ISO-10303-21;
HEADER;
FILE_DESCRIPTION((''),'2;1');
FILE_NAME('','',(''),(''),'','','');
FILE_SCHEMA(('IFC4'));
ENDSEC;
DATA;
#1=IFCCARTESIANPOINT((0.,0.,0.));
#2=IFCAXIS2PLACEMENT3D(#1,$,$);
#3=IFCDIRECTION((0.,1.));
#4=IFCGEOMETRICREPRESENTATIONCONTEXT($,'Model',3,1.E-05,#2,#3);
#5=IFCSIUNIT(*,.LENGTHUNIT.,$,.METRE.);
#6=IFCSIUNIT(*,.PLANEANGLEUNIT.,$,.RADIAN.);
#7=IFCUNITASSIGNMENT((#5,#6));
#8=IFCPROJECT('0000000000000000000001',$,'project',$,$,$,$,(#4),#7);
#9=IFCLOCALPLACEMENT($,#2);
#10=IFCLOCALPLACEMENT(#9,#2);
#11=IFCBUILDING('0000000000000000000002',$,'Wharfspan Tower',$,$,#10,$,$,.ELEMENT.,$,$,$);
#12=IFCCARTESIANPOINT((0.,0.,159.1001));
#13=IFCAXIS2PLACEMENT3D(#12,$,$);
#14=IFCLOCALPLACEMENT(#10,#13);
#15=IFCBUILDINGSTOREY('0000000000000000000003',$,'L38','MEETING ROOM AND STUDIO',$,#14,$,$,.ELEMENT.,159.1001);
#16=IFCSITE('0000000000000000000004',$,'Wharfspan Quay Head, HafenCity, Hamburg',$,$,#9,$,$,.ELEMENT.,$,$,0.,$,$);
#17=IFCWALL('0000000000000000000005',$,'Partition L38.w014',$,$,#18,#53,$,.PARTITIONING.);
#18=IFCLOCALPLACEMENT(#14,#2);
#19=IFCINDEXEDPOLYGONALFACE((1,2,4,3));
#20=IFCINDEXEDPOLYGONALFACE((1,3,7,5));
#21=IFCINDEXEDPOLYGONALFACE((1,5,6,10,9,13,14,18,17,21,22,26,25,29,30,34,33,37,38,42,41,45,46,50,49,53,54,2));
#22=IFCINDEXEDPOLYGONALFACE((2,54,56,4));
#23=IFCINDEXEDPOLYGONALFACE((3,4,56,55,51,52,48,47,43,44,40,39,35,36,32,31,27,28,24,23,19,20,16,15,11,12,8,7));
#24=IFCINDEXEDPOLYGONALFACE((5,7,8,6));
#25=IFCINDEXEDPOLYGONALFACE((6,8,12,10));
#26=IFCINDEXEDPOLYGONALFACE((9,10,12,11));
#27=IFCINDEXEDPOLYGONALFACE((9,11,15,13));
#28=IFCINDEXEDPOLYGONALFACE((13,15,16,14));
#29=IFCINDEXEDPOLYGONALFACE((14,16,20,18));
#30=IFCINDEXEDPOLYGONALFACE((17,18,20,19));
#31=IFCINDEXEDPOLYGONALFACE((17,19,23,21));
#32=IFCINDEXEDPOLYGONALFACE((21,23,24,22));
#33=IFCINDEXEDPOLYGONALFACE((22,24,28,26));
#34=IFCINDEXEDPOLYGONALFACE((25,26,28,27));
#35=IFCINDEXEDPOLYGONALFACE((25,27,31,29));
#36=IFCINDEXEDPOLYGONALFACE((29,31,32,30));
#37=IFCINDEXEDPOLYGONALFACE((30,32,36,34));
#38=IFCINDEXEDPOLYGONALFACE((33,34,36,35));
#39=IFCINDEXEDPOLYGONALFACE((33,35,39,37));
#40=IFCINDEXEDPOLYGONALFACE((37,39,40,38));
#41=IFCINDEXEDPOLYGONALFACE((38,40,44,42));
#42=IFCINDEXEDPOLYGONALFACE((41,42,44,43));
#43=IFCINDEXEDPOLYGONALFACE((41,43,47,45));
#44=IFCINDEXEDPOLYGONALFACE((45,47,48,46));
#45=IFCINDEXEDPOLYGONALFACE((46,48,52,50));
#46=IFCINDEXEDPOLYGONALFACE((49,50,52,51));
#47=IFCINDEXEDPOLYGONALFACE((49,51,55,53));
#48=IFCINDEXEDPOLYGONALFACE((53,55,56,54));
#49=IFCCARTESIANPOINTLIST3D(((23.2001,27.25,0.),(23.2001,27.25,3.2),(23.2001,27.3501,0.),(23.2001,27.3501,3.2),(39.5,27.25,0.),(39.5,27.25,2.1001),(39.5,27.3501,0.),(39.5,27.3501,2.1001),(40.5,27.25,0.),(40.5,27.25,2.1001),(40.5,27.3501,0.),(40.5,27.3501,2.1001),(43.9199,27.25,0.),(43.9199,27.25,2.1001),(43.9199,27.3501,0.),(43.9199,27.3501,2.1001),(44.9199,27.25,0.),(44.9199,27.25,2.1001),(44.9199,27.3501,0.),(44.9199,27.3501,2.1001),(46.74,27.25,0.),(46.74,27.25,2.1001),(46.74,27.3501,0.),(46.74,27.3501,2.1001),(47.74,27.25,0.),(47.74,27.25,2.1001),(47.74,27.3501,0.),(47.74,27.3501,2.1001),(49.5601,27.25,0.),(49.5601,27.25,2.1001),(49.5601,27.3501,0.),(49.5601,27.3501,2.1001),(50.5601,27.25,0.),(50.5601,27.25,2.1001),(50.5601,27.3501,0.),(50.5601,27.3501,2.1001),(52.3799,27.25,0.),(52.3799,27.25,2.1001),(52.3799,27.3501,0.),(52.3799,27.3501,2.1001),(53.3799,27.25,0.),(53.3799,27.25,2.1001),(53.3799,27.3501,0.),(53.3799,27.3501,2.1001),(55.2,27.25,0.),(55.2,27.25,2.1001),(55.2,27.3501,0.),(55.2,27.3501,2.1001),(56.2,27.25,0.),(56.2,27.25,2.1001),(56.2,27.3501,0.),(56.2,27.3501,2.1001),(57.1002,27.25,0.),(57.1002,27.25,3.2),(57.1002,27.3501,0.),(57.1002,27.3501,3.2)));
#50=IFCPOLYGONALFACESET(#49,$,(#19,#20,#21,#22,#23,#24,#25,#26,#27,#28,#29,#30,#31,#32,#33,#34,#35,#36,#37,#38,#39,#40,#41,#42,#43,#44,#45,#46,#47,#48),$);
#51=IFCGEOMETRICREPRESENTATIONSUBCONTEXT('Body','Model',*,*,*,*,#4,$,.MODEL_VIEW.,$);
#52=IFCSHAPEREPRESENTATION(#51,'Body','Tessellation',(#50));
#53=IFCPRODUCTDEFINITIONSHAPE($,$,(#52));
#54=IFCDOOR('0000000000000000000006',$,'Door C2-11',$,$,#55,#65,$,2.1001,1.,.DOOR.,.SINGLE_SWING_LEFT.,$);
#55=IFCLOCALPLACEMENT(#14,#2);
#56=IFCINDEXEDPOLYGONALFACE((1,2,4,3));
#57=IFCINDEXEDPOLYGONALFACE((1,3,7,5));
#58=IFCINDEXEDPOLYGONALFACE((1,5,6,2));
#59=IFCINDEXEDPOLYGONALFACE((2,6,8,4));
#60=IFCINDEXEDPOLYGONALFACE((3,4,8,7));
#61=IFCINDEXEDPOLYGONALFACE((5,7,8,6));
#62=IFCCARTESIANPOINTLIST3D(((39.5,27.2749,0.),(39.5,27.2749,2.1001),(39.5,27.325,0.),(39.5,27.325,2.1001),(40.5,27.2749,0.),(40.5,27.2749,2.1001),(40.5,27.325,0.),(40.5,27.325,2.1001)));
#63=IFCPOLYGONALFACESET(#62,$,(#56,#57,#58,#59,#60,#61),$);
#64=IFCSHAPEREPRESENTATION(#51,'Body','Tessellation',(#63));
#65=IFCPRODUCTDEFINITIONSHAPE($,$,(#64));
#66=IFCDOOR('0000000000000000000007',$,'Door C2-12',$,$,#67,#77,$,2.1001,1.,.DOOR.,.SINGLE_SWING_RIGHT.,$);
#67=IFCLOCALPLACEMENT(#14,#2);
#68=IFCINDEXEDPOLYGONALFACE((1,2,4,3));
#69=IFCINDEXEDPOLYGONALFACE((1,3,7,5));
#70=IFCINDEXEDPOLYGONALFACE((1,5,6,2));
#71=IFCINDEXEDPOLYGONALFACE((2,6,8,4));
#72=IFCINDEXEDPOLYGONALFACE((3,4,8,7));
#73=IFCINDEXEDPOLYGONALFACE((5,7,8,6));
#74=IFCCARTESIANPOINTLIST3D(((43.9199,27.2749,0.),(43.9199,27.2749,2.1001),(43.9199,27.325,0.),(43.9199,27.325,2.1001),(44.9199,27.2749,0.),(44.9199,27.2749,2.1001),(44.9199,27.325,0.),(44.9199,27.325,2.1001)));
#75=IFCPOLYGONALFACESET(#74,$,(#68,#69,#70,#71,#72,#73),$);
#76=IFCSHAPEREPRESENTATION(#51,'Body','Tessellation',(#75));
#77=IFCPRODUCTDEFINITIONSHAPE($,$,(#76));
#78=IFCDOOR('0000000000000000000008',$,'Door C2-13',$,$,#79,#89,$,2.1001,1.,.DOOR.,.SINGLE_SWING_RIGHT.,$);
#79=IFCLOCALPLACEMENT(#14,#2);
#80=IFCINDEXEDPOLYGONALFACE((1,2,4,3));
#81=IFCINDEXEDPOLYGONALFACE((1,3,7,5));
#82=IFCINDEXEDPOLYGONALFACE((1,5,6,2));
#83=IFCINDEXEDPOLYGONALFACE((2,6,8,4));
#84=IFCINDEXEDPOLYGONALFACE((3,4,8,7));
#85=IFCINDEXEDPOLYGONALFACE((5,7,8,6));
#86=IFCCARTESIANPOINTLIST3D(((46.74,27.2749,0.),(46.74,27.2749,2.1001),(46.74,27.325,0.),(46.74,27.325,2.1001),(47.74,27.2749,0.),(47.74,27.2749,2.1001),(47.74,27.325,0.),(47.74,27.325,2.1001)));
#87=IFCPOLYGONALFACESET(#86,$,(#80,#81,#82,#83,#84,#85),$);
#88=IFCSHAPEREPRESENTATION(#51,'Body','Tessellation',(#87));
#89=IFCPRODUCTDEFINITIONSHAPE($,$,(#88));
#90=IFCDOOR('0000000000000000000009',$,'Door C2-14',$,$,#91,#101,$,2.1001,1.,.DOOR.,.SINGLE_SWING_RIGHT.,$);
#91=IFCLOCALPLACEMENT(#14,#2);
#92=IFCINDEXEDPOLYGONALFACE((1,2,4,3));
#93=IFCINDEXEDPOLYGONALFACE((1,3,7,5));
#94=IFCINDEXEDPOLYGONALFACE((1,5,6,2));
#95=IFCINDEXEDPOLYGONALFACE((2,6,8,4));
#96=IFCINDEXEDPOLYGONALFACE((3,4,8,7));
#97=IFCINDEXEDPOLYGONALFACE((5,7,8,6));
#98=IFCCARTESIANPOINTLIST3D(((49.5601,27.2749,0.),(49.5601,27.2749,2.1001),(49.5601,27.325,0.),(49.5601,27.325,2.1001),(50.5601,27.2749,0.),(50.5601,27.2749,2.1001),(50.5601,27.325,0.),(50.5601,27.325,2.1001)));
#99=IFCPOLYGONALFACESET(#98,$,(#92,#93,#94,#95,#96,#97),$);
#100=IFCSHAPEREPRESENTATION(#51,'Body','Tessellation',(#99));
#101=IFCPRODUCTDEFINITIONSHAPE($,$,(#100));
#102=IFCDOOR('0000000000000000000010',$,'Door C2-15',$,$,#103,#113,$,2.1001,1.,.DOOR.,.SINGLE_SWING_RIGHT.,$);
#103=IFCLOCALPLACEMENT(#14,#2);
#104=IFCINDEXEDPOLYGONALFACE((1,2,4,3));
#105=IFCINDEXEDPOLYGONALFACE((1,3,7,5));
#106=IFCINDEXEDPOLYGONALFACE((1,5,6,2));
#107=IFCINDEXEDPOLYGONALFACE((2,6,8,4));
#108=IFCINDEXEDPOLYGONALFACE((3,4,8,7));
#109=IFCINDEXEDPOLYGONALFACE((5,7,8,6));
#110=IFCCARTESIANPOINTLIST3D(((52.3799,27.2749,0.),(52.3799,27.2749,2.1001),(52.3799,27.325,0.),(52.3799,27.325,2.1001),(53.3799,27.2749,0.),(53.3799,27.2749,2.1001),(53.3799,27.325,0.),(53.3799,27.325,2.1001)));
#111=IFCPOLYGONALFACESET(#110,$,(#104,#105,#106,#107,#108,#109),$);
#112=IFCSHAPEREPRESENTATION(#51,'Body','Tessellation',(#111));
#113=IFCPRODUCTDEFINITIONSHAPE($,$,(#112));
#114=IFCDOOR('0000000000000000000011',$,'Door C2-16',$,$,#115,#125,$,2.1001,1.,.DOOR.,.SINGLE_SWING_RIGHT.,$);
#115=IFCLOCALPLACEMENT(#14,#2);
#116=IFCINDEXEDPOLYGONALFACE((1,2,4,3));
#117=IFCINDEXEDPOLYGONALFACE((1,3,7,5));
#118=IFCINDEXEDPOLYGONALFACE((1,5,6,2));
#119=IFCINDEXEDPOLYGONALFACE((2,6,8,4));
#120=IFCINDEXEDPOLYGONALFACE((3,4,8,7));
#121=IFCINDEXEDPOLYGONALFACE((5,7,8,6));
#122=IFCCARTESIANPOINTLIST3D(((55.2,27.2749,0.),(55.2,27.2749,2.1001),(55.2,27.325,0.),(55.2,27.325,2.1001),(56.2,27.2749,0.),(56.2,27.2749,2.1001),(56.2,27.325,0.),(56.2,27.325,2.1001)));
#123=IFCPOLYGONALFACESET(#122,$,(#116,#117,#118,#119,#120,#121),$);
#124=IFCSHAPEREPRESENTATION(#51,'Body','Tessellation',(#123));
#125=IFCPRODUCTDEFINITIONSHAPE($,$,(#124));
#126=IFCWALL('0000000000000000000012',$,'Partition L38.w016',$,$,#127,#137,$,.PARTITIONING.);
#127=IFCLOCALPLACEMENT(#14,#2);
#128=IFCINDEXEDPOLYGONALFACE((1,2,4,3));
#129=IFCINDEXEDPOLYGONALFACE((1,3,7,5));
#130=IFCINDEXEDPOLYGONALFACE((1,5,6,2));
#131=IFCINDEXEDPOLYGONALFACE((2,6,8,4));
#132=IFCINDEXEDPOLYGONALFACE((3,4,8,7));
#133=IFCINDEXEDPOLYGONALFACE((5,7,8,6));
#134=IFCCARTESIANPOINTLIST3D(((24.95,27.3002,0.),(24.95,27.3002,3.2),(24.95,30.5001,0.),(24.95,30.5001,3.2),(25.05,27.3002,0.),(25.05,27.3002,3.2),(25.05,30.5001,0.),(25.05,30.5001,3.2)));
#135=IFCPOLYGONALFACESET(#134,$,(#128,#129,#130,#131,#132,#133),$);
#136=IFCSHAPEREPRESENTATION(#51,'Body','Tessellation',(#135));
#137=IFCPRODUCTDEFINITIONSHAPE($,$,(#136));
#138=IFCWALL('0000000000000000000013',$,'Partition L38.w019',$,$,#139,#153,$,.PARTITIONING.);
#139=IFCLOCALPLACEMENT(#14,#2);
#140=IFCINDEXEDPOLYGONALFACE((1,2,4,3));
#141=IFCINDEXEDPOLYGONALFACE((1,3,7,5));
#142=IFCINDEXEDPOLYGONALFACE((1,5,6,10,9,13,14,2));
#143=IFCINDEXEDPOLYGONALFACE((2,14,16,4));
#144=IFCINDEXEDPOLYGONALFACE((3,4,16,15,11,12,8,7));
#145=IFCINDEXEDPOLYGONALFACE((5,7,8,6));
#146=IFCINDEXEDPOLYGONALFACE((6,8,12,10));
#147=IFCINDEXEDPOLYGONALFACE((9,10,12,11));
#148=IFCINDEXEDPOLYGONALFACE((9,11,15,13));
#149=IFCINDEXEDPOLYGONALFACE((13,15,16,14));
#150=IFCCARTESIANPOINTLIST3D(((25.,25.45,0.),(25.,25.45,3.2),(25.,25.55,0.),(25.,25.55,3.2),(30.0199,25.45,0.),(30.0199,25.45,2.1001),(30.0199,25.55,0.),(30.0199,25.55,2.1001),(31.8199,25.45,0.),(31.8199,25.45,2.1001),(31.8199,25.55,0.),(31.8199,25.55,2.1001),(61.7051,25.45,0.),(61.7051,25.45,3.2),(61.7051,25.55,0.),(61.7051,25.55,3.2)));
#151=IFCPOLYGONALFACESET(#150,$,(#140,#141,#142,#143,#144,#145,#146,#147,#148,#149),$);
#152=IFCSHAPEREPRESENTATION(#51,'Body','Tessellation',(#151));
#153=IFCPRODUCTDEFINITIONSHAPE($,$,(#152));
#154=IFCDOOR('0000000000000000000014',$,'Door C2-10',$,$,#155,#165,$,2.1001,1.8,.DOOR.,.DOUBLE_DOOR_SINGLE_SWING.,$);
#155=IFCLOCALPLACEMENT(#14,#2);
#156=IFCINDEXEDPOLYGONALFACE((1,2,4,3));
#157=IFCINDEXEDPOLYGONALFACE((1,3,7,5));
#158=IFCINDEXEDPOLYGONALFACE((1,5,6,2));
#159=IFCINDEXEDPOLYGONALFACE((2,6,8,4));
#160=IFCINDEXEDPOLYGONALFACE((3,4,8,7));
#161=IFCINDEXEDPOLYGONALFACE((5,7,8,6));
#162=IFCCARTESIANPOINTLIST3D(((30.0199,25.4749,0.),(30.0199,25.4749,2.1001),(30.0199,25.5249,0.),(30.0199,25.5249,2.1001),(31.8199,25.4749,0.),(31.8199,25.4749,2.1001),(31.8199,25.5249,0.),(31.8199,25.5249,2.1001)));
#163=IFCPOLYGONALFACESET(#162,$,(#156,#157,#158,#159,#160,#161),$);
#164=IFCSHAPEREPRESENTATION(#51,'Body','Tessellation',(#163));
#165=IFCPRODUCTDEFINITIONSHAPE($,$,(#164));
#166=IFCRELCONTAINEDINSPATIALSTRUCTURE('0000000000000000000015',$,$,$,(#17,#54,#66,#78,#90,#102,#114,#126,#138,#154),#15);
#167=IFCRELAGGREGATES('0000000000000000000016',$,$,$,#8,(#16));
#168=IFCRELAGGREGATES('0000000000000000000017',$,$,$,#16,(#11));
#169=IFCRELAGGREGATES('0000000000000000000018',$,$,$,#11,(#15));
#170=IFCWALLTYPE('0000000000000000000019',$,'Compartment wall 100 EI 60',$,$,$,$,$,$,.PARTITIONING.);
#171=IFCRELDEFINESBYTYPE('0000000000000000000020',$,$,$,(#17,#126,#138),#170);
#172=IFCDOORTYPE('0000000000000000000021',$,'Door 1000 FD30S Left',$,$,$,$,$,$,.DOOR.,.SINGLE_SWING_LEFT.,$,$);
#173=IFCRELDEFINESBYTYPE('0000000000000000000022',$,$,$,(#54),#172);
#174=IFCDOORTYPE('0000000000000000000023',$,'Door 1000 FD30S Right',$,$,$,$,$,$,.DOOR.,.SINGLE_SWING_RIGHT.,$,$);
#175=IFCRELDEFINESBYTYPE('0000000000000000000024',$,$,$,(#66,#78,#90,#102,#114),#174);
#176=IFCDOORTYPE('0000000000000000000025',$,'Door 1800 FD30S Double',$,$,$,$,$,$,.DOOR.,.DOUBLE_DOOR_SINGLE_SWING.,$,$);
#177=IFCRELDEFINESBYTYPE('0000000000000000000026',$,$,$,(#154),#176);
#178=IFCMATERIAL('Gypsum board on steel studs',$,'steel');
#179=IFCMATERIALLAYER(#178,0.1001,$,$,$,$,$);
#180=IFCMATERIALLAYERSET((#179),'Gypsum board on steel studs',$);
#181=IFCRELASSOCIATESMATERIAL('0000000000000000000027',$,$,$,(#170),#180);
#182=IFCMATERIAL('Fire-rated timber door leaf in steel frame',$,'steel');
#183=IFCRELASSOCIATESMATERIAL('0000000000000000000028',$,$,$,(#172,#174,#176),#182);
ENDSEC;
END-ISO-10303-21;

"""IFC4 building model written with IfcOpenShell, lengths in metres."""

from ifc_helpers import new_model, si_unit, direction, frame, frame_2d, origin, place, context, subcontext, project, spatial, rectangle, extrude, material, layer, layer_set, type_object, element, fill, save


model = new_model("IFC4")

# Units and contexts
model_context = context("Model", 3, precision=1e-05, world=origin(), true_north=direction((0.0, 1.0)))
body_context = subcontext(model_context, "Body", "Model", "MODEL_VIEW")
ifc_project = project(units=[si_unit("LENGTHUNIT", "METRE"), si_unit("PLANEANGLEUNIT", "RADIAN")], contexts=[model_context])

# Site, building, storey
site_placement = place(None, origin())
site = spatial("IfcSite", under=ifc_project, at=site_placement, Name="Wharfspan Quay Head, HafenCity, Hamburg", CompositionType="ELEMENT", RefElevation=0.0)
building_placement = place(site_placement, origin())
building = spatial("IfcBuilding", under=site, at=building_placement, Name="Wharfspan Tower", CompositionType="ELEMENT")
storey_placement = place(building_placement, frame((0.0, 0.0, 159.1001)))
storey = spatial("IfcBuildingStorey", under=building, at=storey_placement, Name="L38", Description="MEETING ROOM AND STUDIO", CompositionType="ELEMENT", Elevation=159.1001)

# Shared definitions
ifc_material_1 = material(Name="Gypsum board on steel studs", Category="steel")
ifc_layer = layer(ifc_material_1, 0.1001)
ifc_layer_set = layer_set([ifc_layer], Name="Gypsum board on steel studs")
wall_type = type_object("IfcWallType", Name="Compartment wall 100 EI 60", PredefinedType="PARTITIONING", material=ifc_layer_set)

# Wall, openings, doors
wall_1_placement = place(storey_placement, frame((23.2, 27.3, 0.0), z_axis=(0.0, 0.0, 1.0), x_axis=(1.0, 0.0, 0.0)))
wall_1 = element("IfcWall", 1, at=wall_1_placement, inside=storey, type_object=wall_type, Name="Partition L38.w014", PredefinedType="PARTITIONING", context=body_context, shape_type="SweptSolid", body=[
    extrude(rectangle(XDim=33.9001, YDim=0.1001, at=frame_2d((16.9502, 0.0))), origin(), (0.0, 0.0, 1.0), 3.2),
])
opening_1_placement = place(wall_1_placement, frame((16.3, 0.0, 0.0)))
opening_1 = element("IfcOpeningElement", 2, at=opening_1_placement, cuts=wall_1, PredefinedType="OPENING", context=body_context, shape_type="SweptSolid", body=[
    extrude(rectangle(XDim=1.0, YDim=2.1001, at=frame_2d((0.5, 1.05))), frame((0.0, 0.0601, 0.0), z_axis=(0.0, -1.0, 0.0), x_axis=(1.0, 0.0, 0.0)), (0.0, 0.0, 1.0), 0.1201),
])
opening_2_placement = place(wall_1_placement, frame((20.72, 0.0, 0.0)))
opening_2 = element("IfcOpeningElement", 3, at=opening_2_placement, cuts=wall_1, PredefinedType="OPENING", context=body_context, shape_type="SweptSolid", body=[
    extrude(rectangle(XDim=1.0, YDim=2.1001, at=frame_2d((0.5, 1.05))), frame((0.0, 0.0601, 0.0), z_axis=(0.0, -1.0, 0.0), x_axis=(1.0, 0.0, 0.0)), (0.0, 0.0, 1.0), 0.1201),
])
opening_3_placement = place(wall_1_placement, frame((23.54, 0.0, 0.0)))
opening_3 = element("IfcOpeningElement", 4, at=opening_3_placement, cuts=wall_1, PredefinedType="OPENING", context=body_context, shape_type="SweptSolid", body=[
    extrude(rectangle(XDim=1.0, YDim=2.1001, at=frame_2d((0.5, 1.05))), frame((0.0, 0.0601, 0.0), z_axis=(0.0, -1.0, 0.0), x_axis=(1.0, 0.0, 0.0)), (0.0, 0.0, 1.0), 0.1201),
])
opening_4_placement = place(wall_1_placement, frame((26.3601, 0.0, 0.0)))
opening_4 = element("IfcOpeningElement", 5, at=opening_4_placement, cuts=wall_1, PredefinedType="OPENING", context=body_context, shape_type="SweptSolid", body=[
    extrude(rectangle(XDim=1.0, YDim=2.1001, at=frame_2d((0.5, 1.05))), frame((0.0, 0.0601, 0.0), z_axis=(0.0, -1.0, 0.0), x_axis=(1.0, 0.0, 0.0)), (0.0, 0.0, 1.0), 0.1201),
])
opening_5_placement = place(wall_1_placement, frame((29.1799, 0.0, 0.0)))
opening_5 = element("IfcOpeningElement", 6, at=opening_5_placement, cuts=wall_1, PredefinedType="OPENING", context=body_context, shape_type="SweptSolid", body=[
    extrude(rectangle(XDim=1.0, YDim=2.1001, at=frame_2d((0.5, 1.05))), frame((0.0, 0.0601, 0.0), z_axis=(0.0, -1.0, 0.0), x_axis=(1.0, 0.0, 0.0)), (0.0, 0.0, 1.0), 0.1201),
])
opening_6_placement = place(wall_1_placement, frame((32.0, 0.0, 0.0)))
opening_6 = element("IfcOpeningElement", 7, at=opening_6_placement, cuts=wall_1, PredefinedType="OPENING", context=body_context, shape_type="SweptSolid", body=[
    extrude(rectangle(XDim=1.0, YDim=2.1001, at=frame_2d((0.5, 1.05))), frame((0.0, 0.0601, 0.0), z_axis=(0.0, -1.0, 0.0), x_axis=(1.0, 0.0, 0.0)), (0.0, 0.0, 1.0), 0.1201),
])
ifc_material_2 = material(Name="Fire-rated timber door leaf in steel frame", Category="steel")
door_type_1 = type_object("IfcDoorType", Name="Door 1000 FD30S Left", OperationType="SINGLE_SWING_LEFT", PredefinedType="DOOR", material=ifc_material_2)
door_1_placement = place(opening_1_placement, origin())
door_1 = element("IfcDoor", 8, at=door_1_placement, inside=storey, type_object=door_type_1, Name="Door C2-11", OperationType="SINGLE_SWING_LEFT", OverallHeight=2.1001, OverallWidth=1.0, PredefinedType="DOOR", context=body_context, shape_type="SweptSolid", body=[
    extrude(rectangle(XDim=1.0, YDim=2.1001, at=frame_2d((0.5, 1.05))), frame((0.0, 0.0249, 0.0), z_axis=(0.0, -1.0, 0.0), x_axis=(1.0, 0.0, 0.0)), (0.0, 0.0, 1.0), 0.05),
])
fill(opening_1, door_1)
door_type_2 = type_object("IfcDoorType", Name="Door 1000 FD30S Right", OperationType="SINGLE_SWING_RIGHT", PredefinedType="DOOR", material=ifc_material_2)
door_2_placement = place(opening_2_placement, origin())
door_2 = element("IfcDoor", 9, at=door_2_placement, inside=storey, type_object=door_type_2, Name="Door C2-12", OperationType="SINGLE_SWING_RIGHT", OverallHeight=2.1001, OverallWidth=1.0, PredefinedType="DOOR", context=body_context, shape_type="SweptSolid", body=[
    extrude(rectangle(XDim=1.0, YDim=2.1001, at=frame_2d((0.5, 1.05))), frame((0.0, 0.0249, 0.0), z_axis=(0.0, -1.0, 0.0), x_axis=(1.0, 0.0, 0.0)), (0.0, 0.0, 1.0), 0.05),
])
fill(opening_2, door_2)
door_3_placement = place(opening_3_placement, origin())
door_3 = element("IfcDoor", 10, at=door_3_placement, inside=storey, type_object=door_type_2, Name="Door C2-13", OperationType="SINGLE_SWING_RIGHT", OverallHeight=2.1001, OverallWidth=1.0, PredefinedType="DOOR", context=body_context, shape_type="SweptSolid", body=[
    extrude(rectangle(XDim=1.0, YDim=2.1001, at=frame_2d((0.5, 1.05))), frame((0.0, 0.0249, 0.0), z_axis=(0.0, -1.0, 0.0), x_axis=(1.0, 0.0, 0.0)), (0.0, 0.0, 1.0), 0.05),
])
fill(opening_3, door_3)
door_4_placement = place(opening_4_placement, origin())
door_4 = element("IfcDoor", 11, at=door_4_placement, inside=storey, type_object=door_type_2, Name="Door C2-14", OperationType="SINGLE_SWING_RIGHT", OverallHeight=2.1001, OverallWidth=1.0, PredefinedType="DOOR", context=body_context, shape_type="SweptSolid", body=[
    extrude(rectangle(XDim=1.0, YDim=2.1001, at=frame_2d((0.5, 1.05))), frame((0.0, 0.0249, 0.0), z_axis=(0.0, -1.0, 0.0), x_axis=(1.0, 0.0, 0.0)), (0.0, 0.0, 1.0), 0.05),
])
fill(opening_4, door_4)
door_5_placement = place(opening_5_placement, origin())
door_5 = element("IfcDoor", 12, at=door_5_placement, inside=storey, type_object=door_type_2, Name="Door C2-15", OperationType="SINGLE_SWING_RIGHT", OverallHeight=2.1001, OverallWidth=1.0, PredefinedType="DOOR", context=body_context, shape_type="SweptSolid", body=[
    extrude(rectangle(XDim=1.0, YDim=2.1001, at=frame_2d((0.5, 1.05))), frame((0.0, 0.0249, 0.0), z_axis=(0.0, -1.0, 0.0), x_axis=(1.0, 0.0, 0.0)), (0.0, 0.0, 1.0), 0.05),
])
fill(opening_5, door_5)
door_6_placement = place(opening_6_placement, origin())
door_6 = element("IfcDoor", 13, at=door_6_placement, inside=storey, type_object=door_type_2, Name="Door C2-16", OperationType="SINGLE_SWING_RIGHT", OverallHeight=2.1001, OverallWidth=1.0, PredefinedType="DOOR", context=body_context, shape_type="SweptSolid", body=[
    extrude(rectangle(XDim=1.0, YDim=2.1001, at=frame_2d((0.5, 1.05))), frame((0.0, 0.0249, 0.0), z_axis=(0.0, -1.0, 0.0), x_axis=(1.0, 0.0, 0.0)), (0.0, 0.0, 1.0), 0.05),
])
fill(opening_6, door_6)

# Wall
wall_2_placement = place(storey_placement, frame((25.0, 27.3, 0.0), z_axis=(0.0, 0.0, 1.0), x_axis=(0.0, 1.0, 0.0)))
element("IfcWall", 14, at=wall_2_placement, inside=storey, type_object=wall_type, Name="Partition L38.w016", PredefinedType="PARTITIONING", context=body_context, shape_type="SweptSolid", body=[
    extrude(rectangle(XDim=3.2, YDim=0.1001, at=frame_2d((1.6001, 0.0))), origin(), (0.0, 0.0, 1.0), 3.2),
])

# Wall, opening, door
wall_3_placement = place(storey_placement, frame((25.0, 25.5, 0.0), z_axis=(0.0, 0.0, 1.0), x_axis=(1.0, 0.0, 0.0)))
wall_3 = element("IfcWall", 15, at=wall_3_placement, inside=storey, type_object=wall_type, Name="Partition L38.w019", PredefinedType="PARTITIONING", context=body_context, shape_type="SweptSolid", body=[
    extrude(rectangle(XDim=36.7051, YDim=0.1001, at=frame_2d((18.3525, 0.0))), origin(), (0.0, 0.0, 1.0), 3.2),
])
opening_7_placement = place(wall_3_placement, frame((5.02, 0.0, 0.0)))
opening_7 = element("IfcOpeningElement", 16, at=opening_7_placement, cuts=wall_3, PredefinedType="OPENING", context=body_context, shape_type="SweptSolid", body=[
    extrude(rectangle(XDim=1.8, YDim=2.1001, at=frame_2d((0.8999, 1.05))), frame((0.0, 0.0601, 0.0), z_axis=(0.0, -1.0, 0.0), x_axis=(1.0, 0.0, 0.0)), (0.0, 0.0, 1.0), 0.1201),
])
door_type_3 = type_object("IfcDoorType", Name="Door 1800 FD30S Double", OperationType="DOUBLE_DOOR_SINGLE_SWING", PredefinedType="DOOR", material=ifc_material_2)
door_7_placement = place(opening_7_placement, origin())
door_7 = element("IfcDoor", 17, at=door_7_placement, inside=storey, type_object=door_type_3, Name="Door C2-10", OperationType="DOUBLE_DOOR_SINGLE_SWING", OverallHeight=2.1001, OverallWidth=1.8, PredefinedType="DOOR", context=body_context, shape_type="SweptSolid", body=[
    extrude(rectangle(XDim=1.8, YDim=2.1001, at=frame_2d((0.8999, 1.05))), frame((0.0, 0.0249, 0.0), z_axis=(0.0, -1.0, 0.0), x_axis=(1.0, 0.0, 0.0)), (0.0, 0.0, 1.0), 0.05),
])
fill(opening_7, door_7)

save(model, "model.ifc")
